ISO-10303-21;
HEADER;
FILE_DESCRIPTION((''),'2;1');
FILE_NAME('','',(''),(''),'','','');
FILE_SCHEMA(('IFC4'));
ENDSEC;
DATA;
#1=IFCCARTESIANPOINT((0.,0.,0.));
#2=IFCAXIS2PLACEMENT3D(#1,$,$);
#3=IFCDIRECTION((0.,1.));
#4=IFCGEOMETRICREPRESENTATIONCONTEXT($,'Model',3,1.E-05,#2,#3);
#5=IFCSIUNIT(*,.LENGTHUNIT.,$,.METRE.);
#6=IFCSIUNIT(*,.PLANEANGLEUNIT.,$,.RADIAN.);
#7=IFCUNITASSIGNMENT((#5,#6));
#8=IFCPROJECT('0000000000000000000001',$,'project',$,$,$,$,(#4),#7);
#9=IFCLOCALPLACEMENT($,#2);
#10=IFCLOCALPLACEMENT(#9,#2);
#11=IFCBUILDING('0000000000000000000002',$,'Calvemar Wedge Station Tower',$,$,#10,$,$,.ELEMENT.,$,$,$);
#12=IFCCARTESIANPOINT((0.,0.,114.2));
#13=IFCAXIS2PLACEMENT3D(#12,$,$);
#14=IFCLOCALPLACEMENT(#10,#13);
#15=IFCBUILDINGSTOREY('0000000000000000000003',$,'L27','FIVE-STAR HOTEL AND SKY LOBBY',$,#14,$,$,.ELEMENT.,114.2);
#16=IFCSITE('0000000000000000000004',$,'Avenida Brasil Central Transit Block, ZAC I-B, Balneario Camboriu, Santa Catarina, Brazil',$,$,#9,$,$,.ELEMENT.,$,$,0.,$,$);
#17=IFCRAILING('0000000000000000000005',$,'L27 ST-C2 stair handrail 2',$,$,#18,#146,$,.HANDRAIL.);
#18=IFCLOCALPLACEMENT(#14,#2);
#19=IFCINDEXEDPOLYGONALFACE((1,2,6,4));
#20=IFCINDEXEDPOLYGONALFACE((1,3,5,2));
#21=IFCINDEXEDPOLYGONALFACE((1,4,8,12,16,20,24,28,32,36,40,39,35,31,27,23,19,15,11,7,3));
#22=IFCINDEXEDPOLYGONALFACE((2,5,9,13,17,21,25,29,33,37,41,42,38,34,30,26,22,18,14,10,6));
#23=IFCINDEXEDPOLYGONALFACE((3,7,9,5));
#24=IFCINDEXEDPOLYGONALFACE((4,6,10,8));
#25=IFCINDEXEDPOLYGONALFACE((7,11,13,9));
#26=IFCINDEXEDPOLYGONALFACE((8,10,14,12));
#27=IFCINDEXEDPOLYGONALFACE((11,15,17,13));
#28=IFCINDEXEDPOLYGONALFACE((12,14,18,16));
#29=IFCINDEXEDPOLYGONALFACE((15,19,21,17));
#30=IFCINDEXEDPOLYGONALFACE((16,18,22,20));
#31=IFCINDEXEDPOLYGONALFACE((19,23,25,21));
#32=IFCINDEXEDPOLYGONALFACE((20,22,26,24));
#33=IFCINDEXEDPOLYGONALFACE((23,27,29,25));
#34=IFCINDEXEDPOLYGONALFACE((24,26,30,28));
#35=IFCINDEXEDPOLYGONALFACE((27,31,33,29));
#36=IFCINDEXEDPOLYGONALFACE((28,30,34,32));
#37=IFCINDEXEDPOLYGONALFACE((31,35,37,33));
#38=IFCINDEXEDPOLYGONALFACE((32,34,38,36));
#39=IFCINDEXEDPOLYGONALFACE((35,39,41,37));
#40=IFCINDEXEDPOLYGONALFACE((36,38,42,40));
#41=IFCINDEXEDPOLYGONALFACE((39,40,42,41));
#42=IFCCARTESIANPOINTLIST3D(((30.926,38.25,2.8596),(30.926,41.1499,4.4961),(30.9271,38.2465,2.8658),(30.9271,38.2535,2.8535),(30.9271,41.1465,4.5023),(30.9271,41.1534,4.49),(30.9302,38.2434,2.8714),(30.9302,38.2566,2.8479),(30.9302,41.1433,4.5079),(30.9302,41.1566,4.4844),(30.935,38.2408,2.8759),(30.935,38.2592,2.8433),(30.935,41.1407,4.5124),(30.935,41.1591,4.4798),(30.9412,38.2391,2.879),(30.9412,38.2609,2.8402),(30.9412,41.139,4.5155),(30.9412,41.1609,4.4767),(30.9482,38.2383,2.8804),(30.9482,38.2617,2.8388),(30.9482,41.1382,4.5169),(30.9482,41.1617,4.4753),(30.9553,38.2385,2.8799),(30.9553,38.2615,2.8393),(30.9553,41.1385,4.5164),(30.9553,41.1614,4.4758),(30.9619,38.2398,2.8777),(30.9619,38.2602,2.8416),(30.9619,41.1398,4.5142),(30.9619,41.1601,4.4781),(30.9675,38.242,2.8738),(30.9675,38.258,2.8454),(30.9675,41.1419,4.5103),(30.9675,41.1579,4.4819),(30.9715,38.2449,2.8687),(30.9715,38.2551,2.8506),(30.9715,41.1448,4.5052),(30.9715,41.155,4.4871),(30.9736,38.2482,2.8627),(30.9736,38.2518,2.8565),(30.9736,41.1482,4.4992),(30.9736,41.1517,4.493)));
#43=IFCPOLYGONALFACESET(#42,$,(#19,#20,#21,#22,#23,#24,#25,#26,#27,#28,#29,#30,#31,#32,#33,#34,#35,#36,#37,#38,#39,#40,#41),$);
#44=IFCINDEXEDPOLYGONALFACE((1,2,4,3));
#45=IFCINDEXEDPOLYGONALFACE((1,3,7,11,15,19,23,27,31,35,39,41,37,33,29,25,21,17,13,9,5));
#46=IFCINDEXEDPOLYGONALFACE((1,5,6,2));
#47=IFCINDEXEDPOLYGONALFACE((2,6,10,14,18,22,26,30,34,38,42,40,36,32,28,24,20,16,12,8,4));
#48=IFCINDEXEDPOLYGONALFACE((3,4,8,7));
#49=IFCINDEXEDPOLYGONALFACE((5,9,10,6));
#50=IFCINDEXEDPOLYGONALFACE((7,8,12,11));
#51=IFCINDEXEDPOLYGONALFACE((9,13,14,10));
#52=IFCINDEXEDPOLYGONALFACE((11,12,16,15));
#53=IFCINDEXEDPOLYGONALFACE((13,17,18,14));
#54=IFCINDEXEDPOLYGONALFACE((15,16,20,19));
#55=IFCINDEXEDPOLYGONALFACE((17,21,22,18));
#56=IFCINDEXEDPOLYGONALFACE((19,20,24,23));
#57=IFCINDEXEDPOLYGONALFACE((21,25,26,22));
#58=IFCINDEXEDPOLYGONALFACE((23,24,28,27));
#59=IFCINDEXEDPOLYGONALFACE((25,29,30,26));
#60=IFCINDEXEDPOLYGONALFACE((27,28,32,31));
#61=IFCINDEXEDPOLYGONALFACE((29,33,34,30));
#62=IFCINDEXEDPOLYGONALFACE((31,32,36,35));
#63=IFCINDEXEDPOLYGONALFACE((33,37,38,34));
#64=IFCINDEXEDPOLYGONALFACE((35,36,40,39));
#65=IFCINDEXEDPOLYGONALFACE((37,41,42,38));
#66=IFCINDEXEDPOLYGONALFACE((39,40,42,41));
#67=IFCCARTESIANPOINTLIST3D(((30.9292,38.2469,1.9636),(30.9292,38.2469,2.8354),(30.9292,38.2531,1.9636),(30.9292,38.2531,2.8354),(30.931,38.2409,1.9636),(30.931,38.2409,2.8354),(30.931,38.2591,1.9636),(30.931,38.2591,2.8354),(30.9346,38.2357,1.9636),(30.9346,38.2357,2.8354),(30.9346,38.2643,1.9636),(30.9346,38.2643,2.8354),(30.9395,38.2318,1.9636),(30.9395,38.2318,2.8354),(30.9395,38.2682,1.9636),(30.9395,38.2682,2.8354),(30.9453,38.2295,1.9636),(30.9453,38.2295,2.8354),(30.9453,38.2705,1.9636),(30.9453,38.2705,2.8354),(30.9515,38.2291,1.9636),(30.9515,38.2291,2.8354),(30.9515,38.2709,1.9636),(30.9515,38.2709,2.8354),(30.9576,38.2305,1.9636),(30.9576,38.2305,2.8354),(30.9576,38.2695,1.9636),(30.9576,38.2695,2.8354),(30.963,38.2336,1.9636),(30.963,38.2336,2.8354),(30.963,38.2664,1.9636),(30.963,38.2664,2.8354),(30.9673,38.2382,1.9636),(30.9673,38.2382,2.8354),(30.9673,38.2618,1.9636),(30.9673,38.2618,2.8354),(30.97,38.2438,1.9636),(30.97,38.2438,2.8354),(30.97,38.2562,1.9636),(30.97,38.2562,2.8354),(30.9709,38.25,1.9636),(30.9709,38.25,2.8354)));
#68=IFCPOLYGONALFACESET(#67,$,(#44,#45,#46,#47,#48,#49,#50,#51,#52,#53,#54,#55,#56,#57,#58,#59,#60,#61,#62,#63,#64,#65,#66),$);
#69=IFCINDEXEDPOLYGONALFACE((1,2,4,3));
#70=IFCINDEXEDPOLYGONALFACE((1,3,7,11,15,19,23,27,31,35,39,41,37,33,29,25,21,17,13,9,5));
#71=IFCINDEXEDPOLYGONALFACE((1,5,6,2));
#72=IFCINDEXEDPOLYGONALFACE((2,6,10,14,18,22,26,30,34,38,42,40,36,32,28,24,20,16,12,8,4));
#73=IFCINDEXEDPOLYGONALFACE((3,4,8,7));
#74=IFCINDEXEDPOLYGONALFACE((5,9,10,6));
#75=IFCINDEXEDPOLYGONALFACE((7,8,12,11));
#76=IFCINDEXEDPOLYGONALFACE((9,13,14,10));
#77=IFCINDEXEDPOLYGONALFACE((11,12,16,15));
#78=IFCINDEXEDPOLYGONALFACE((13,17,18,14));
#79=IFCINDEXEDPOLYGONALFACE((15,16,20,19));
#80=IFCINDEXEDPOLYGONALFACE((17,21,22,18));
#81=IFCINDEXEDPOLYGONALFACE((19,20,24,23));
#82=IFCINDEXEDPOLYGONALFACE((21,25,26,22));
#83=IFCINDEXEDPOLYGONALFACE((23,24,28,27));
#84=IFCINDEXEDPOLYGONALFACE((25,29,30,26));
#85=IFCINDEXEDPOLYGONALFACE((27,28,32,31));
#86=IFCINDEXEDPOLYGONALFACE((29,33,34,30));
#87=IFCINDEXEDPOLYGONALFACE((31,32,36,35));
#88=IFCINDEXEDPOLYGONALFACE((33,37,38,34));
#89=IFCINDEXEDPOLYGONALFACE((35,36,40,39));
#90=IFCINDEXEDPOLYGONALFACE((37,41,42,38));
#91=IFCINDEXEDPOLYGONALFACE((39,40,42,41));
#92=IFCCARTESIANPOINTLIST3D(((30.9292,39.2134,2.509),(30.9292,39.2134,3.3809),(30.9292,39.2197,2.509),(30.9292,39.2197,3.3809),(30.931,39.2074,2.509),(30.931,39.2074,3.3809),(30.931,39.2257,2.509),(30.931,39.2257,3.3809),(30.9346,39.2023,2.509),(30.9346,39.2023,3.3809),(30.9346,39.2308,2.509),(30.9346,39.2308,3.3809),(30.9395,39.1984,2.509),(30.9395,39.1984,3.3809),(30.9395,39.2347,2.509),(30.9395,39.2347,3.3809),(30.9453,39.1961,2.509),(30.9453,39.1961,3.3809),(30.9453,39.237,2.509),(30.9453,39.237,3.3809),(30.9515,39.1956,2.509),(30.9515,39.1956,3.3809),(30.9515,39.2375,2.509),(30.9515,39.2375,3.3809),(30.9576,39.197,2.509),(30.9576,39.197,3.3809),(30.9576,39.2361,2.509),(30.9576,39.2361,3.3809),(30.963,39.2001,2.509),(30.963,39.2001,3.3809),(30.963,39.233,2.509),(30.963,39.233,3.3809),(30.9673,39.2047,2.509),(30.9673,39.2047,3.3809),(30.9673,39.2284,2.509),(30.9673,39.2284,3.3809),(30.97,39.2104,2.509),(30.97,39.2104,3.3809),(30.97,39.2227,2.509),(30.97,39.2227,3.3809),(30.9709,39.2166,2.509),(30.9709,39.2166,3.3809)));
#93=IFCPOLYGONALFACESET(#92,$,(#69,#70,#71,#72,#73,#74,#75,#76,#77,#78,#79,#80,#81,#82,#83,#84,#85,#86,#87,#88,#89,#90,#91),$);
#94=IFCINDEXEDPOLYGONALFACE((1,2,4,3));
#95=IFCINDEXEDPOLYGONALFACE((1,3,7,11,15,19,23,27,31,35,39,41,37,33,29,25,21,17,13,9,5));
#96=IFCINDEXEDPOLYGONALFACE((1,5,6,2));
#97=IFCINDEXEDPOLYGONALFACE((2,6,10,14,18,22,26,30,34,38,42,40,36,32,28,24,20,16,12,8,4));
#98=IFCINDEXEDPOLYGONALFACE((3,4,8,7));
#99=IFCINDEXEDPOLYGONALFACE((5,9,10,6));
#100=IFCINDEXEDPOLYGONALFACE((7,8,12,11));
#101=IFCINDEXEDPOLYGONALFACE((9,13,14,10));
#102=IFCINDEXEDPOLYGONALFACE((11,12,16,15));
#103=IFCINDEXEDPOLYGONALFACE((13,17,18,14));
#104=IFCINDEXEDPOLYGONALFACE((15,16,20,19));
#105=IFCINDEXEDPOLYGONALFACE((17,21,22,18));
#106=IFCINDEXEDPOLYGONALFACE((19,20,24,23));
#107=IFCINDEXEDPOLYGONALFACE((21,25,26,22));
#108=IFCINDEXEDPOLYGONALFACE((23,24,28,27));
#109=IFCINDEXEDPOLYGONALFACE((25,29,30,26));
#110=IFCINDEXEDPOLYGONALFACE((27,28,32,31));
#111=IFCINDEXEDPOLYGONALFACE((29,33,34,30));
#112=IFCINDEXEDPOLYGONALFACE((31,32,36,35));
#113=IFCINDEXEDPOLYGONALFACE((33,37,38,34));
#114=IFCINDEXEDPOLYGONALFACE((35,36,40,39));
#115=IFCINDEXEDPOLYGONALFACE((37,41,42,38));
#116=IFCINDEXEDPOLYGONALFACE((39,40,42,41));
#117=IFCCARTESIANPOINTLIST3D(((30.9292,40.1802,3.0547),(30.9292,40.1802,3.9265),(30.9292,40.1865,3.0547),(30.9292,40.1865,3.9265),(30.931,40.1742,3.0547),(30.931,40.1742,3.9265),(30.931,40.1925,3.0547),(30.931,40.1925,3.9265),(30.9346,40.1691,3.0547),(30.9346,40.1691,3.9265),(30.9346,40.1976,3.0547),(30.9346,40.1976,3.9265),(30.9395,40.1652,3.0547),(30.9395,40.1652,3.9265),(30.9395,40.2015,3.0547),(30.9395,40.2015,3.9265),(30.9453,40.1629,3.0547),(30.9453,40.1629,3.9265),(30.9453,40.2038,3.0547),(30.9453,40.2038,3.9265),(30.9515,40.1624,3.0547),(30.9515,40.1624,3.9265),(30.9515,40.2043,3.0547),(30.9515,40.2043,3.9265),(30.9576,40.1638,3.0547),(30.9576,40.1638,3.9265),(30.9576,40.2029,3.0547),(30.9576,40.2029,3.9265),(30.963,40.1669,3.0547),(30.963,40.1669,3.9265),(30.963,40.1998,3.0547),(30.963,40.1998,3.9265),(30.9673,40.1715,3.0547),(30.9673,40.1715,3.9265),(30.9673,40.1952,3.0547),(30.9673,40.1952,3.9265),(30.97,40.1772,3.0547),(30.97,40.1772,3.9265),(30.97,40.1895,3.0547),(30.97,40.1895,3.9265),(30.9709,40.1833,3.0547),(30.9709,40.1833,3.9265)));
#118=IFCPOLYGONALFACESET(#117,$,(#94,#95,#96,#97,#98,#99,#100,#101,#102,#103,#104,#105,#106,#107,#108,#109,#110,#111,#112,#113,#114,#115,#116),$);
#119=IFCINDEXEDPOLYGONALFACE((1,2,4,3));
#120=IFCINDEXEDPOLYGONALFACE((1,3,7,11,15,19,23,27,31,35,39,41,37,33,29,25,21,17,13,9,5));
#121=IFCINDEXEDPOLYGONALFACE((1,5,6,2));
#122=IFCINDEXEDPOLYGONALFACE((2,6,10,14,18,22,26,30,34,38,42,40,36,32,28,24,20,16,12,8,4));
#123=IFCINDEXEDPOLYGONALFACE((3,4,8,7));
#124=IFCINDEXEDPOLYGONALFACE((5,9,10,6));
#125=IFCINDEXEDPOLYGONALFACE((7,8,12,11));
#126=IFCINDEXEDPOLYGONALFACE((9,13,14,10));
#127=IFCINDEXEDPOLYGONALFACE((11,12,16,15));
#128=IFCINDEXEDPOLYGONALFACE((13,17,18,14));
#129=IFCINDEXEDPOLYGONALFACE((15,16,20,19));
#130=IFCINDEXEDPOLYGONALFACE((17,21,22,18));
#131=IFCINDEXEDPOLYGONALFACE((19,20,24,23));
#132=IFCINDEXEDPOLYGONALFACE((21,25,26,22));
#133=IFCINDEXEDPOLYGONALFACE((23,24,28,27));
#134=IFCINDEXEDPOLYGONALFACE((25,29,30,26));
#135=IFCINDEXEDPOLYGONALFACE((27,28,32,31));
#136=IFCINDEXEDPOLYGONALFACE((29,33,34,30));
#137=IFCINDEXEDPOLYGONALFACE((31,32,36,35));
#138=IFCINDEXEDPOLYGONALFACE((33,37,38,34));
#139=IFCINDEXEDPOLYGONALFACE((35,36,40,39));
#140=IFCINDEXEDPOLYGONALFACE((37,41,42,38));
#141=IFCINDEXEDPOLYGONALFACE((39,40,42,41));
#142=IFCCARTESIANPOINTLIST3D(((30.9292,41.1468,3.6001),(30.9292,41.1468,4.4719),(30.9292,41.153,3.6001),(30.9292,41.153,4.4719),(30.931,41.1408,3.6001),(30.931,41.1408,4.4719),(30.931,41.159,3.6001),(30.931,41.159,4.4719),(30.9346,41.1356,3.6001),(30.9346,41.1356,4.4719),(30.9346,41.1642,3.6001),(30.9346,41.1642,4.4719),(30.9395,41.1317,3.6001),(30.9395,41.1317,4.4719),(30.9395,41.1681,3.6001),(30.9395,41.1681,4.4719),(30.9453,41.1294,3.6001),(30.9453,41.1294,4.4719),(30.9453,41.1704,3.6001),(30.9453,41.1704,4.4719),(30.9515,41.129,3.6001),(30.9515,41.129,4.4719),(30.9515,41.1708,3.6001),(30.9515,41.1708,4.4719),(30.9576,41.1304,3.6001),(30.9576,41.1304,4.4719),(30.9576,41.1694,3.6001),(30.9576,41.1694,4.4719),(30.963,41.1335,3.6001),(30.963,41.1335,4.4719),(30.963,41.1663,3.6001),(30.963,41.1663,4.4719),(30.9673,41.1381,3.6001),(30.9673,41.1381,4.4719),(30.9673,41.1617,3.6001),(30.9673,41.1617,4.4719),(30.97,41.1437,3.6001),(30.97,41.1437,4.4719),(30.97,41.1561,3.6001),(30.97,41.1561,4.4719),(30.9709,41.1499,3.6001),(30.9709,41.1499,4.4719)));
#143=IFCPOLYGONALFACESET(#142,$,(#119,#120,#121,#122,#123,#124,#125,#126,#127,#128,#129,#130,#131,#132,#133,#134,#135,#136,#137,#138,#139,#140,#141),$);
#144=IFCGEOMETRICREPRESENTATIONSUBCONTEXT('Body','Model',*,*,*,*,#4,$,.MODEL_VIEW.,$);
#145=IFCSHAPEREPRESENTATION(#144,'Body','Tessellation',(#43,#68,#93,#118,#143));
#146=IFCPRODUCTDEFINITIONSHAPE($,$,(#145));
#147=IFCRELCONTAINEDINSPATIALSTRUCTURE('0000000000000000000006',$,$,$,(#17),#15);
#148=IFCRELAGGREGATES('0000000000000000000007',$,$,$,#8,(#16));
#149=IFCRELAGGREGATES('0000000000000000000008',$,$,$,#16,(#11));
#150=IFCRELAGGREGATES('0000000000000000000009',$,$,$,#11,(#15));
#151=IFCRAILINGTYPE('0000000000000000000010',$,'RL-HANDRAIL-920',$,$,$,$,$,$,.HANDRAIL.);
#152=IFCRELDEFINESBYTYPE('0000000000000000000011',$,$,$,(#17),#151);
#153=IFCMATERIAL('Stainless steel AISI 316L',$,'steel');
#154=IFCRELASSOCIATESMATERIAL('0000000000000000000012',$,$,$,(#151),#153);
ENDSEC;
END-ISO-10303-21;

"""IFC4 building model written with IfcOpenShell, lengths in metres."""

from ifc_helpers import new_model, si_unit, direction, frame, origin, origin_2d, place, context, subcontext, project, spatial, circle, extrude, material, type_object, element, save


model = new_model("IFC4")

# Units and contexts
model_context = context("Model", 3, precision=1e-05, world=origin(), true_north=direction((0.0, 1.0)))
body_context = subcontext(model_context, "Body", "Model", "MODEL_VIEW")
ifc_project = project(units=[si_unit("LENGTHUNIT", "METRE"), si_unit("PLANEANGLEUNIT", "RADIAN")], contexts=[model_context])

# Site, building, storey
site_placement = place(None, origin())
site = spatial("IfcSite", under=ifc_project, at=site_placement, Name="Avenida Brasil Central Transit Block, ZAC I-B, Balneario Camboriu, Santa Catarina, Brazil", CompositionType="ELEMENT", RefElevation=0.0)
building_placement = place(site_placement, origin())
building = spatial("IfcBuilding", under=site, at=building_placement, Name="Calvemar Wedge Station Tower", CompositionType="ELEMENT")
storey_placement = place(building_placement, frame((0.0, 0.0, 114.2)))
storey = spatial("IfcBuildingStorey", under=building, at=storey_placement, Name="L27", Description="FIVE-STAR HOTEL AND SKY LOBBY", CompositionType="ELEMENT", Elevation=114.2)

# Railing
ifc_material_1 = material(Name="Stainless steel AISI 316L", Category="steel")
railing_type_1 = type_object("IfcRailingType", Name="RL-HANDRAIL-920", PredefinedType="HANDRAIL", material=ifc_material_1)
railing_1_placement = place(storey_placement, frame((30.95, 38.25, 1.9636)))
element("IfcRailing", 1, at=railing_1_placement, inside=storey, type_object=railing_type_1, Name="L27 ST-C2 stair handrail 2", PredefinedType="HANDRAIL", context=body_context, shape_type="SweptSolid", body=[
    extrude(circle(Radius=0.0239, at=origin_2d()), frame((0.0, 0.0, 0.896), z_axis=(0.0, 0.870897, 0.491465), x_axis=(-1.0, 0.0, 0.0)), (0.0, 0.0, 1.0), 3.3298),
    extrude(circle(Radius=0.021, at=origin_2d()), origin(), (0.0, 0.0, 1.0), 0.8718),
    extrude(circle(Radius=0.021, at=origin_2d()), frame((0.0, 0.9666, 0.5454)), (0.0, 0.0, 1.0), 0.8718),
    extrude(circle(Radius=0.021, at=origin_2d()), frame((0.0, 1.9333, 1.0911)), (0.0, 0.0, 1.0), 0.8718),
    extrude(circle(Radius=0.021, at=origin_2d()), frame((0.0, 2.8999, 1.6365)), (0.0, 0.0, 1.0), 0.8718),
])

save(model, "model.ifc")
